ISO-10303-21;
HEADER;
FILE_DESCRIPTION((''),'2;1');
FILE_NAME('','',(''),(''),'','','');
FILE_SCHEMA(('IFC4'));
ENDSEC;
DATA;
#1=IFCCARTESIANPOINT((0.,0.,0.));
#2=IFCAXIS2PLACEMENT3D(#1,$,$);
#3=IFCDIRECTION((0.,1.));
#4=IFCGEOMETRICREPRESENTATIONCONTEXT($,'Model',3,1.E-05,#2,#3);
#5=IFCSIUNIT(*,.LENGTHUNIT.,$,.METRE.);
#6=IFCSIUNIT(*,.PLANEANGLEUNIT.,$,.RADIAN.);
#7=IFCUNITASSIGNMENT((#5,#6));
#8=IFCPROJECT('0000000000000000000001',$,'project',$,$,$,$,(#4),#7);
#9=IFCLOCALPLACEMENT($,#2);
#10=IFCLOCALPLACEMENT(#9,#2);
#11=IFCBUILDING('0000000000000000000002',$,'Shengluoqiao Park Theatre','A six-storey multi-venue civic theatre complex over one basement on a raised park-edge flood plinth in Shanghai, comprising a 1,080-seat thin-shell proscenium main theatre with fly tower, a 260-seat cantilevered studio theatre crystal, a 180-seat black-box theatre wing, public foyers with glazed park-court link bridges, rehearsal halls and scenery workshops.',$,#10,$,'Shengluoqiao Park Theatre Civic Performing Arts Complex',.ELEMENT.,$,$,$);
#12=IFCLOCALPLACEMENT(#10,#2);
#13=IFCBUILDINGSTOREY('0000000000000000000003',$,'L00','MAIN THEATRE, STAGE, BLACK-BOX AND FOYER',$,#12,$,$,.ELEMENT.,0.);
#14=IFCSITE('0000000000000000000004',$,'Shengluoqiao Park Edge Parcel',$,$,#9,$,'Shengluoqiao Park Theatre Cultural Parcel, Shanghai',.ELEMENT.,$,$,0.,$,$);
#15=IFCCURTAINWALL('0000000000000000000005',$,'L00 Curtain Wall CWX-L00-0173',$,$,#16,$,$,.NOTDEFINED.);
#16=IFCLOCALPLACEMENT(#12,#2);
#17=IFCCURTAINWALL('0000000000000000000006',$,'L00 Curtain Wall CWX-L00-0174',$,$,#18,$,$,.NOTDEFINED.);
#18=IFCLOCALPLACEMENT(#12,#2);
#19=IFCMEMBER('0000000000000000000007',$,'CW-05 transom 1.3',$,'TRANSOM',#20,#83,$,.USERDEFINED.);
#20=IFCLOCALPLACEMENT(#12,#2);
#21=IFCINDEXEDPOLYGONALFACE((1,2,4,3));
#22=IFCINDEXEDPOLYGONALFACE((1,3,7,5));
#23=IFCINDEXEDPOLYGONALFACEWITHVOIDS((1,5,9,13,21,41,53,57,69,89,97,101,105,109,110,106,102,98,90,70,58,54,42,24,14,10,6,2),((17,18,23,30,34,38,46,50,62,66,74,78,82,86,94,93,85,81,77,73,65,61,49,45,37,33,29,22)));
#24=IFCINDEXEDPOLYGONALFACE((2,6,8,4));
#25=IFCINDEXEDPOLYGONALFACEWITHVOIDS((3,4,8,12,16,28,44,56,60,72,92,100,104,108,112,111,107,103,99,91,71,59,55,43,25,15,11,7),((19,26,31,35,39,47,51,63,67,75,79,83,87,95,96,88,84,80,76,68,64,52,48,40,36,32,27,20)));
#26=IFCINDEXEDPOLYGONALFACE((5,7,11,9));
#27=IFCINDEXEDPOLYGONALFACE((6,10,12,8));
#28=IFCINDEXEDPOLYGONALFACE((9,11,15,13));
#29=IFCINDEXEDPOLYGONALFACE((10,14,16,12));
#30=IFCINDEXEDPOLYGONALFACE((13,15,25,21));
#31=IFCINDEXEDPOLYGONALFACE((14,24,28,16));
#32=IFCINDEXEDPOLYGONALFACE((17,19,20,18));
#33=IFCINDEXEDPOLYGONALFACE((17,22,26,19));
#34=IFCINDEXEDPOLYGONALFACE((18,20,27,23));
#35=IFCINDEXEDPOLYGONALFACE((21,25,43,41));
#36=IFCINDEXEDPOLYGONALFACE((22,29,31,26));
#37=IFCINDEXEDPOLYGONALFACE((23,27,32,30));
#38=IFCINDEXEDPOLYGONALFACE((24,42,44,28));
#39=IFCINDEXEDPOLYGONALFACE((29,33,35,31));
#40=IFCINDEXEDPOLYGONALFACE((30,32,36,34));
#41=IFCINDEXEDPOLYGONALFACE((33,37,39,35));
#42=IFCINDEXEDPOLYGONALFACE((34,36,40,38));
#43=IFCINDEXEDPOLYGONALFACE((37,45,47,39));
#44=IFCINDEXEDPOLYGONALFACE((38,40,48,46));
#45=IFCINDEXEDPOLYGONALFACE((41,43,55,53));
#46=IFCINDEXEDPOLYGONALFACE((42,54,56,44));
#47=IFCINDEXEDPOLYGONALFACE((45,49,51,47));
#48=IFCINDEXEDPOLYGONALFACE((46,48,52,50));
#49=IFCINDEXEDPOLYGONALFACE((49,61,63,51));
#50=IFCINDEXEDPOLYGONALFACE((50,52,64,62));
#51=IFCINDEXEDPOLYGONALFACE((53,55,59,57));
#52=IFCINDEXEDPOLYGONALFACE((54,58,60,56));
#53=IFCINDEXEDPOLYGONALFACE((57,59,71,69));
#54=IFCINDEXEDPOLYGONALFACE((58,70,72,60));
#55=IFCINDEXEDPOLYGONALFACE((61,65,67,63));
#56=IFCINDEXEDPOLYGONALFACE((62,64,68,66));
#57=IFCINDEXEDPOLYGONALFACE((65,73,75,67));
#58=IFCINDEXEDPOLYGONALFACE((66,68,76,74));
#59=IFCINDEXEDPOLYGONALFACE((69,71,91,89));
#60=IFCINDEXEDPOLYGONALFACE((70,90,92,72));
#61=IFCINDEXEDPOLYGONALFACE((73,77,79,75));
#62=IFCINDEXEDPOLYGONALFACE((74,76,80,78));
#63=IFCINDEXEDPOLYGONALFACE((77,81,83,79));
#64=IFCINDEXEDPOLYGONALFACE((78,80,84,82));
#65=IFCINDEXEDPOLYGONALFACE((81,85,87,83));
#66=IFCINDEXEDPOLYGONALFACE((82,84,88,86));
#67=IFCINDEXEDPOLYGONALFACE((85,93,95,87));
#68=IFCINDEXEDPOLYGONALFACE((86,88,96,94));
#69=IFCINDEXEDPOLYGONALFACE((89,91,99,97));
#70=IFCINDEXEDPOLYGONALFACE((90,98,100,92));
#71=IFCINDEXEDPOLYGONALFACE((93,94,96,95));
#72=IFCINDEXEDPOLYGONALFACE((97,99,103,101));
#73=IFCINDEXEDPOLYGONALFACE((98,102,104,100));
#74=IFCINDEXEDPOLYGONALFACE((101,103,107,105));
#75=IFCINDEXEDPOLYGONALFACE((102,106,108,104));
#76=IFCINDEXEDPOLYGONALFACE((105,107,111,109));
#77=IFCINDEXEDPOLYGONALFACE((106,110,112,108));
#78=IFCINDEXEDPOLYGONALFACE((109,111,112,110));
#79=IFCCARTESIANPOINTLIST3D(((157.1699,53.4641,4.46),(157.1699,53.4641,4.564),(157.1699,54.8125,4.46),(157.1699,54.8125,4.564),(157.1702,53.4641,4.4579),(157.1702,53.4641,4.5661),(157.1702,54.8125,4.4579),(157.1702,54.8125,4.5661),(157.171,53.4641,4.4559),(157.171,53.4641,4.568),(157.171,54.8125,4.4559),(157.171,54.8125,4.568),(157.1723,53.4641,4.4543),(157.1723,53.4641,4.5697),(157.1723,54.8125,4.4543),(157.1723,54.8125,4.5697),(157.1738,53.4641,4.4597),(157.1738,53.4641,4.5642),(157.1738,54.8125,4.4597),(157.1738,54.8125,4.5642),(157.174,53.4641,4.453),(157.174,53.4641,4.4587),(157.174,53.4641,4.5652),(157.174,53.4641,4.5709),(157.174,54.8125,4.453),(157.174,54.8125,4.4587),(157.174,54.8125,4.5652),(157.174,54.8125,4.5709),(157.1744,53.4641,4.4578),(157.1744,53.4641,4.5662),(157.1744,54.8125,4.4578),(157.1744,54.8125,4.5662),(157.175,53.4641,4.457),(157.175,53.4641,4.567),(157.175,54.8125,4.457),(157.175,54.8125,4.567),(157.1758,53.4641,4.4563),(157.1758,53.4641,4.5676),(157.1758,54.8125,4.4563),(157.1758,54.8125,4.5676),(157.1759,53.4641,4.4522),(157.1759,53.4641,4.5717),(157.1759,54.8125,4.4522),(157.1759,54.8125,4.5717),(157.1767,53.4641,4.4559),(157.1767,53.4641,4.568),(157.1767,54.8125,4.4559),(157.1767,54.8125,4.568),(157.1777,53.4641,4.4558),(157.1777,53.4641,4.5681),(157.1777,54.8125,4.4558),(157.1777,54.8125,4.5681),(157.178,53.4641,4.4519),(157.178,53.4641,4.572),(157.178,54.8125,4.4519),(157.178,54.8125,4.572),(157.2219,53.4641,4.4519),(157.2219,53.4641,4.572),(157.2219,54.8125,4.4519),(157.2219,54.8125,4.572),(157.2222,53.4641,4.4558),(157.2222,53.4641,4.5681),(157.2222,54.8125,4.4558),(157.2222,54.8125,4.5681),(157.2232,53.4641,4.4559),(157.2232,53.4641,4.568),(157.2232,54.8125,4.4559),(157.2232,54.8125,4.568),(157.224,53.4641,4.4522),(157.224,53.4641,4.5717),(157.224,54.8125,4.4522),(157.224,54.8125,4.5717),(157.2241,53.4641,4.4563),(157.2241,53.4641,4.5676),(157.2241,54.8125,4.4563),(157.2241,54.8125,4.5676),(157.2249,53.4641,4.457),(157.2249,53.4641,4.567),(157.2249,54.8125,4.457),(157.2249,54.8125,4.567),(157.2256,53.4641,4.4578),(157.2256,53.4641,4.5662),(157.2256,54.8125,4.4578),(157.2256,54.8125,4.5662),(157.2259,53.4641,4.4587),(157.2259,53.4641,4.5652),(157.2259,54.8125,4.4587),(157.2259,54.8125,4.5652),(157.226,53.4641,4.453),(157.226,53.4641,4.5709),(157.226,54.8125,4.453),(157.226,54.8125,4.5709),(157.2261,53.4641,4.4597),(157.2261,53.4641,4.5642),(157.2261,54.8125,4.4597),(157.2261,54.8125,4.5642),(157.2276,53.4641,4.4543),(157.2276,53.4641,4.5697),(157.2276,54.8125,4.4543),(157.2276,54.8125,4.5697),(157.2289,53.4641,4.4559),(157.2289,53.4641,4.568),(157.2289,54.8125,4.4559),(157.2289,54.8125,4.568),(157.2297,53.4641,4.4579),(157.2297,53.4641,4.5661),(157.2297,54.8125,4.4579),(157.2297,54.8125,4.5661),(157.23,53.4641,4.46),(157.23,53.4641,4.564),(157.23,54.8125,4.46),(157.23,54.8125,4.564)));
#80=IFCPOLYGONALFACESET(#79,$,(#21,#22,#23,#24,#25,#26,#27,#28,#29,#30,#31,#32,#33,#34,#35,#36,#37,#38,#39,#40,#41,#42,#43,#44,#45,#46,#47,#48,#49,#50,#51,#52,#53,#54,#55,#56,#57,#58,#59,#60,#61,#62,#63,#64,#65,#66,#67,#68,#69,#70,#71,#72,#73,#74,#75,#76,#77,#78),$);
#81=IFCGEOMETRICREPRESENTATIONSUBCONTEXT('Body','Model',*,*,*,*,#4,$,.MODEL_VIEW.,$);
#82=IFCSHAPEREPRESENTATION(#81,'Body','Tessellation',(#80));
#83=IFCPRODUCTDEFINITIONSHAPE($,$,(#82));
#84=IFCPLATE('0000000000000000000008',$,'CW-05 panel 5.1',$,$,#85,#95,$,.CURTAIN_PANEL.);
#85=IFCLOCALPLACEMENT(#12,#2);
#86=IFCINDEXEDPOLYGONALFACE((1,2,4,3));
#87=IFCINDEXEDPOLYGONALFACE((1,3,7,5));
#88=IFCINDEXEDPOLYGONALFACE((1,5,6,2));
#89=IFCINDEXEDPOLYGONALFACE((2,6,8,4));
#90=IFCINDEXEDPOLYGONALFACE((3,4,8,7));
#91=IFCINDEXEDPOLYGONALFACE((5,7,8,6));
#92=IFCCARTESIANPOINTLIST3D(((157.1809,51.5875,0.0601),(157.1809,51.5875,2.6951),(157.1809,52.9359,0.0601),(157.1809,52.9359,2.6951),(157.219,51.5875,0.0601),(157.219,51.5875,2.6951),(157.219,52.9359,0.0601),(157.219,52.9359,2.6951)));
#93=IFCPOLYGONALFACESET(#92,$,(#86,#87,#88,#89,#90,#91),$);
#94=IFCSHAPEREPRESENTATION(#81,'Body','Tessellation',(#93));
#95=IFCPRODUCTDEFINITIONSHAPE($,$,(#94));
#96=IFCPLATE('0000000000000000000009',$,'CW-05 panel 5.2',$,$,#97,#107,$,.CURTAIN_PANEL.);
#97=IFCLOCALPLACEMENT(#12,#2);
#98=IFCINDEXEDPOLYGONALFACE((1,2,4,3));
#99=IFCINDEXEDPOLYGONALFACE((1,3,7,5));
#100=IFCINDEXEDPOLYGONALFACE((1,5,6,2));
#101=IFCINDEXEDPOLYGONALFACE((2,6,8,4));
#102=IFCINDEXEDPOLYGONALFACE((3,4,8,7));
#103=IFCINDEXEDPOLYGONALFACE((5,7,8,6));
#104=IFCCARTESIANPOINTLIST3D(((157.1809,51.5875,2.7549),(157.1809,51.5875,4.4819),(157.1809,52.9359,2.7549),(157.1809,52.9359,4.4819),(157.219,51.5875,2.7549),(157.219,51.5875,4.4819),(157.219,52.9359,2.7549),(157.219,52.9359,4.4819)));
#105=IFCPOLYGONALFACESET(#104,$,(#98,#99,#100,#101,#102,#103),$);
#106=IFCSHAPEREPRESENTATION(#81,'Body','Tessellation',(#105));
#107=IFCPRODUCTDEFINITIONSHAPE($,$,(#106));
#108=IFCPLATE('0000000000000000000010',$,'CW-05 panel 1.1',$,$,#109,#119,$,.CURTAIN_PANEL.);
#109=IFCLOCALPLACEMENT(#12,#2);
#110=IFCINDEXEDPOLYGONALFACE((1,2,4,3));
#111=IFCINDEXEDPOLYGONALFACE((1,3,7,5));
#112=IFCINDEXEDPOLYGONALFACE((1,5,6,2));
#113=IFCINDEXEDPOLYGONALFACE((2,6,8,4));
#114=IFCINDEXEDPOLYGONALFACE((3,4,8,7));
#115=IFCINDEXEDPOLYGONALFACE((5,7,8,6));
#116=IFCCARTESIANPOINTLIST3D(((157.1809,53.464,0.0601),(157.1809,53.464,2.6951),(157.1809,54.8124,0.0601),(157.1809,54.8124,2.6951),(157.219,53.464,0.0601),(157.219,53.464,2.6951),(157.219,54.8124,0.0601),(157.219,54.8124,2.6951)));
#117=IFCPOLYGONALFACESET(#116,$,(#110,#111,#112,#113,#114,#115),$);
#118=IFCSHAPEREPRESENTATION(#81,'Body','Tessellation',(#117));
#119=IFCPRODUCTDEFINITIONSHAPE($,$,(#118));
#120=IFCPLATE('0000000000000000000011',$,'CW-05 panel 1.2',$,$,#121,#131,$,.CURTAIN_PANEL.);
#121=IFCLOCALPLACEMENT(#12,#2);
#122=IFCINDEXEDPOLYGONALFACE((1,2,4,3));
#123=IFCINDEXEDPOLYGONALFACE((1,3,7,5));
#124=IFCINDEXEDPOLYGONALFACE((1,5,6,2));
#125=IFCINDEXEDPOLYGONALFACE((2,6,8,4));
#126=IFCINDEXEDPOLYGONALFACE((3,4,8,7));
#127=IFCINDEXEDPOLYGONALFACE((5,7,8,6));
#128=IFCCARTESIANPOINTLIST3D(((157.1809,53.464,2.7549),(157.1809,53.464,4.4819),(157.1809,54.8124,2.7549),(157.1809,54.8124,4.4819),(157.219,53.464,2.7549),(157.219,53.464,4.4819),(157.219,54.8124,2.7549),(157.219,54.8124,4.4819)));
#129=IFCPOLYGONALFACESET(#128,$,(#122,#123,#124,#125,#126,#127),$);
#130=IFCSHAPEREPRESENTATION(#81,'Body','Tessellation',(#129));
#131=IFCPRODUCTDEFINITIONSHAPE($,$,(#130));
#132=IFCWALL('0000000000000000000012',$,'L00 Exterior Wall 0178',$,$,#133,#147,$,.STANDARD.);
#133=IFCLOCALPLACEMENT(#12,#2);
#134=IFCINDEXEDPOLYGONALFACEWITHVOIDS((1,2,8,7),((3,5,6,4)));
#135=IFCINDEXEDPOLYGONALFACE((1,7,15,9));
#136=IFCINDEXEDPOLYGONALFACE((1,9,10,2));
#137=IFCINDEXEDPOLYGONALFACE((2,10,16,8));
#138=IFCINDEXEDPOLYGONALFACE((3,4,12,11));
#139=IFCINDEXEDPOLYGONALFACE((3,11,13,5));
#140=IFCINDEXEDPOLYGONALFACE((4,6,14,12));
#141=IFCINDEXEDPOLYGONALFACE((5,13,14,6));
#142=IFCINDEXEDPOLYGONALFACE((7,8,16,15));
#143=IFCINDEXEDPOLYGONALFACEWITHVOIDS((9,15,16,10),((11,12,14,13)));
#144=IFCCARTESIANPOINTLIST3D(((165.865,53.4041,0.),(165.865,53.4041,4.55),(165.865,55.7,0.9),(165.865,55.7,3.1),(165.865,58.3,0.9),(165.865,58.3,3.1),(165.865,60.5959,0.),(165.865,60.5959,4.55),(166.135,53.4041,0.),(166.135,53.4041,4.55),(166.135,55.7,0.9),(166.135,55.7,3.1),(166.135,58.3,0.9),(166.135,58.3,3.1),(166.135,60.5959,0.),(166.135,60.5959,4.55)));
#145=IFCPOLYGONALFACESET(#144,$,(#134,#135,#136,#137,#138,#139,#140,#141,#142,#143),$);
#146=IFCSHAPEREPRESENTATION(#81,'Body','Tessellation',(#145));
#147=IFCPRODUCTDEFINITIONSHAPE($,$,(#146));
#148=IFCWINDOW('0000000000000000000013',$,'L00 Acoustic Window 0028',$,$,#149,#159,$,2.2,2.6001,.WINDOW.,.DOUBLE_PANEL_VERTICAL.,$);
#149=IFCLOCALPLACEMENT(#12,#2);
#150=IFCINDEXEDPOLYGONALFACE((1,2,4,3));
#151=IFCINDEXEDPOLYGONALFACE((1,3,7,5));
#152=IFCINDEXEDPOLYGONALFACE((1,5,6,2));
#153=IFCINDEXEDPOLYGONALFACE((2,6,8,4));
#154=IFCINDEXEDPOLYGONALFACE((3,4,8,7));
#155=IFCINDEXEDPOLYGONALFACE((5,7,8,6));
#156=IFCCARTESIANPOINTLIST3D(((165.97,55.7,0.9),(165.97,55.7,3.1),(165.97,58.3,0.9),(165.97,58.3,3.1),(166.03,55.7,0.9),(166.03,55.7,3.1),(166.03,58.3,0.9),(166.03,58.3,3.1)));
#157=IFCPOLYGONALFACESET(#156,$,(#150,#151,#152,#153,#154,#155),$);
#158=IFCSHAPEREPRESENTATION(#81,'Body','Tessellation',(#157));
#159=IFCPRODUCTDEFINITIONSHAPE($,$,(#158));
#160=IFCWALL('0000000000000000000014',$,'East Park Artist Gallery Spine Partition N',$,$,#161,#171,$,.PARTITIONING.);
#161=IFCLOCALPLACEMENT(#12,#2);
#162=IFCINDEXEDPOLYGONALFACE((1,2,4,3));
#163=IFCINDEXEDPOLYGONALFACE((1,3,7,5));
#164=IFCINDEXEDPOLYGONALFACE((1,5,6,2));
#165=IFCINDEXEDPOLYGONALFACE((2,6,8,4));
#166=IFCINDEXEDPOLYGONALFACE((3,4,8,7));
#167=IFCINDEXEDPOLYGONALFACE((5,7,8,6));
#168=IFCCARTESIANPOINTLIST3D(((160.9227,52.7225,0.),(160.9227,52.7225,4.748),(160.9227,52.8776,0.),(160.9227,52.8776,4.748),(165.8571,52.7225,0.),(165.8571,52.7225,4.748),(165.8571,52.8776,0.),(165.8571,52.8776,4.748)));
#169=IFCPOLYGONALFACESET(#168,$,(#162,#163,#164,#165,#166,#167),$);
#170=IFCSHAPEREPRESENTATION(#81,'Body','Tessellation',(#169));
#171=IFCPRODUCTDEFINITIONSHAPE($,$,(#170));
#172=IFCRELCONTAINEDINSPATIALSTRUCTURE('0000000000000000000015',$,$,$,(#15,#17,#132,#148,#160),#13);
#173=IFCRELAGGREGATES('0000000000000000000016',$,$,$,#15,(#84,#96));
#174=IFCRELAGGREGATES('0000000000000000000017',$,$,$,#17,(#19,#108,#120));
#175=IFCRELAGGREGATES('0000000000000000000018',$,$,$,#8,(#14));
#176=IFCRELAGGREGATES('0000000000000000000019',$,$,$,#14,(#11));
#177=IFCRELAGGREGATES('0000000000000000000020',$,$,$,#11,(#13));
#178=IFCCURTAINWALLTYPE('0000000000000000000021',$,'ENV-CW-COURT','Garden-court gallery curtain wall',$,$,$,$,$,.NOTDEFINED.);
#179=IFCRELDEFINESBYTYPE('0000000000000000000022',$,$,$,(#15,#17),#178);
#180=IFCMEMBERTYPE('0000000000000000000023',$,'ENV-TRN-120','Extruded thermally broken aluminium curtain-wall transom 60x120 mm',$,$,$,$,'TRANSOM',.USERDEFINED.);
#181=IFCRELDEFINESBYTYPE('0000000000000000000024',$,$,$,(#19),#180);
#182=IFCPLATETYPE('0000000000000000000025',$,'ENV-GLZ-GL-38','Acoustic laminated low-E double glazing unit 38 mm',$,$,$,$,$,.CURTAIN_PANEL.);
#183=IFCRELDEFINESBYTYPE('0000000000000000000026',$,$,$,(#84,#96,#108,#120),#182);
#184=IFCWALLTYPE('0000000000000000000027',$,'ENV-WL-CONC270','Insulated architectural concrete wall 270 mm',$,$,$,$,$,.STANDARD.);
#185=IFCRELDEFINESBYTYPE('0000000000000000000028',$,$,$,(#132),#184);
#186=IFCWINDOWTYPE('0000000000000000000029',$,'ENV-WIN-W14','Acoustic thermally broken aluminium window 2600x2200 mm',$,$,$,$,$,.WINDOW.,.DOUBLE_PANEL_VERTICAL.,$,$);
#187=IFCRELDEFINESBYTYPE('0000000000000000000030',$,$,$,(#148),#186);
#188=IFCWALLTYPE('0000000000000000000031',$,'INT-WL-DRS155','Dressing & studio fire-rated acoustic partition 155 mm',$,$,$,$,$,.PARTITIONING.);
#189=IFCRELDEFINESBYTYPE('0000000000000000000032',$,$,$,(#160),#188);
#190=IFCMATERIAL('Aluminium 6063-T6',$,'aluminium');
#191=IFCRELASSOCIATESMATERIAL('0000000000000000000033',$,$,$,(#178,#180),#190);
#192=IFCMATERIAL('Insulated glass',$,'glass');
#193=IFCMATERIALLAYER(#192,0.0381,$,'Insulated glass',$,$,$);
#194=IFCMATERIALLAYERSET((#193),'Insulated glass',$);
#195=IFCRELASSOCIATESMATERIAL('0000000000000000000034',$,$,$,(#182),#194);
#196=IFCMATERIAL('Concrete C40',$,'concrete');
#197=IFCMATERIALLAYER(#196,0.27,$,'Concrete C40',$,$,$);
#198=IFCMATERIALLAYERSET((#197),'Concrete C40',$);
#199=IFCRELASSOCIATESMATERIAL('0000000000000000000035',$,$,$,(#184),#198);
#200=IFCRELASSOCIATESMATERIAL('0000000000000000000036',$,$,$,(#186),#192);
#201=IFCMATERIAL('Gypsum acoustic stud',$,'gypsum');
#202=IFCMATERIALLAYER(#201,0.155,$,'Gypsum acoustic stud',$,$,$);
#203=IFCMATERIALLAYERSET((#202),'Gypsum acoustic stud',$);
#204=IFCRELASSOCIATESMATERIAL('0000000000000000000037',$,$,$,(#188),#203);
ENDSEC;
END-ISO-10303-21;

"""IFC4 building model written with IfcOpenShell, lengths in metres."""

from ifc_helpers import new_model, si_unit, direction, frame, frame_2d, origin, origin_2d, place, context, subcontext, project, spatial, rectangle, hollow_rectangle, extrude, material, layer, layer_set, material_profile, profile_set, type_object, element, fill, aggregate, save


model = new_model("IFC4")

# Units and contexts
model_context = context("Model", 3, precision=1e-05, world=origin(), true_north=direction((0.0, 1.0)))
body_context = subcontext(model_context, "Body", "Model", "MODEL_VIEW")
ifc_project = project(units=[si_unit("LENGTHUNIT", "METRE"), si_unit("PLANEANGLEUNIT", "RADIAN")], contexts=[model_context])

# Site, building, storey
site_placement = place(None, origin())
site = spatial("IfcSite", under=ifc_project, at=site_placement, Name="Shengluoqiao Park Edge Parcel", LongName="Shengluoqiao Park Theatre Cultural Parcel, Shanghai", CompositionType="ELEMENT", RefElevation=0.0)
building_placement = place(site_placement, origin())
building = spatial("IfcBuilding", under=site, at=building_placement, Name="Shengluoqiao Park Theatre", Description="A six-storey multi-venue civic theatre complex over one basement on a raised park-edge flood plinth in Shanghai, comprising a 1,080-seat thin-shell proscenium main theatre with fly tower, a 260-seat cantilevered studio theatre crystal, a 180-seat black-box theatre wing, public foyers with glazed park-court link bridges, rehearsal halls and scenery workshops.", LongName="Shengluoqiao Park Theatre Civic Performing Arts Complex", CompositionType="ELEMENT")
storey_placement = place(building_placement, origin())
storey = spatial("IfcBuildingStorey", under=building, at=storey_placement, Name="L00", Description="MAIN THEATRE, STAGE, BLACK-BOX AND FOYER", CompositionType="ELEMENT", Elevation=0.0)

# Shared definitions
ifc_material_1 = material(Name="Concrete C40", Category="concrete")

# Curtain wall
ifc_material_2 = material(Name="Aluminium 6063-T6", Category="aluminium")
curtain_wall_type = type_object("IfcCurtainWallType", Name="ENV-CW-COURT", Description="Garden-court gallery curtain wall", PredefinedType="NOTDEFINED", material=ifc_material_2)
curtain_wall_1_placement = place(storey_placement, origin())
curtain_wall_1 = element("IfcCurtainWall", 1, at=curtain_wall_1_placement, inside=storey, type_object=curtain_wall_type, Name="L00 Curtain Wall CWX-L00-0173", PredefinedType="NOTDEFINED")

# Curtain wall, member
curtain_wall_2_placement = place(storey_placement, origin())
curtain_wall_2 = element("IfcCurtainWall", 2, at=curtain_wall_2_placement, inside=storey, type_object=curtain_wall_type, Name="L00 Curtain Wall CWX-L00-0174", PredefinedType="NOTDEFINED")
ifc_material_profile_1 = material_profile(ifc_material_2, hollow_rectangle(XDim=0.0601, YDim=0.1201, WallThickness=0.0039, InnerFilletRadius=0.0039, OuterFilletRadius=0.0081, at=origin_2d()), Name="ALU TRANSOM 120x60x4")
ifc_profile_set_1 = profile_set([ifc_material_profile_1], Name="Aluminium 6063-T6")
member_type_1 = type_object("IfcMemberType", Name="ENV-TRN-120", Description="Extruded thermally broken aluminium curtain-wall transom 60x120 mm", ElementType="TRANSOM", PredefinedType="USERDEFINED", material=ifc_profile_set_1)
member_1_placement = place(storey_placement, frame((157.2, 53.4641, 4.512), z_axis=(0.0, 1.0, 0.0), x_axis=(-1.0, 0.0, 0.0)))
member_1 = element("IfcMember", 3, at=member_1_placement, type_object=member_type_1, Name="CW-05 transom 1.3", ObjectType="TRANSOM", PredefinedType="USERDEFINED", context=body_context, shape_type="SweptSolid", body=[
    extrude(hollow_rectangle(XDim=0.0601, YDim=0.1201, WallThickness=0.0039, InnerFilletRadius=0.0039, OuterFilletRadius=0.0081, at=origin_2d()), origin(), (0.0, 0.0, 1.0), 1.3484),
])

# Plates
ifc_material_3 = material(Name="Insulated glass", Category="glass")
ifc_layer_1 = layer(ifc_material_3, 0.0381, Name="Insulated glass")
ifc_layer_set_1 = layer_set([ifc_layer_1], Name="Insulated glass")
plate_type = type_object("IfcPlateType", Name="ENV-GLZ-GL-38", Description="Acoustic laminated low-E double glazing unit 38 mm", PredefinedType="CURTAIN_PANEL", material=ifc_layer_set_1)
plate_1_placement = place(storey_placement, frame((157.2, 52.2617, 0.0601), z_axis=(0.0, 0.0, 1.0), x_axis=(0.0, 1.0, 0.0)))
plate_1 = element("IfcPlate", 4, at=plate_1_placement, type_object=plate_type, Name="CW-05 panel 5.1", PredefinedType="CURTAIN_PANEL", context=body_context, shape_type="SweptSolid", body=[
    extrude(rectangle(XDim=1.3484, YDim=0.0381, at=origin_2d()), origin(), (0.0, 0.0, 1.0), 2.635),
])
plate_2_placement = place(storey_placement, frame((157.2, 52.2617, 2.7549), z_axis=(0.0, 0.0, 1.0), x_axis=(0.0, 1.0, 0.0)))
plate_2 = element("IfcPlate", 5, at=plate_2_placement, type_object=plate_type, Name="CW-05 panel 5.2", PredefinedType="CURTAIN_PANEL", context=body_context, shape_type="SweptSolid", body=[
    extrude(rectangle(XDim=1.3484, YDim=0.0381, at=origin_2d()), origin(), (0.0, 0.0, 1.0), 1.7271),
])
aggregate(curtain_wall_1, [plate_1, plate_2])
plate_3_placement = place(storey_placement, frame((157.2, 54.1382, 0.0601), z_axis=(0.0, 0.0, 1.0), x_axis=(0.0, 1.0, 0.0)))
plate_3 = element("IfcPlate", 6, at=plate_3_placement, type_object=plate_type, Name="CW-05 panel 1.1", PredefinedType="CURTAIN_PANEL", context=body_context, shape_type="SweptSolid", body=[
    extrude(rectangle(XDim=1.3484, YDim=0.0381, at=origin_2d()), origin(), (0.0, 0.0, 1.0), 2.635),
])
plate_4_placement = place(storey_placement, frame((157.2, 54.1382, 2.7549), z_axis=(0.0, 0.0, 1.0), x_axis=(0.0, 1.0, 0.0)))
plate_4 = element("IfcPlate", 7, at=plate_4_placement, type_object=plate_type, Name="CW-05 panel 1.2", PredefinedType="CURTAIN_PANEL", context=body_context, shape_type="SweptSolid", body=[
    extrude(rectangle(XDim=1.3484, YDim=0.0381, at=origin_2d()), origin(), (0.0, 0.0, 1.0), 1.7271),
])
aggregate(curtain_wall_2, [member_1, plate_3, plate_4])

# Wall, opening, window
ifc_layer_2 = layer(ifc_material_1, 0.27, Name="Concrete C40")
ifc_layer_set_2 = layer_set([ifc_layer_2], Name="Concrete C40")
wall_type_1 = type_object("IfcWallType", Name="ENV-WL-CONC270", Description="Insulated architectural concrete wall 270 mm", PredefinedType="STANDARD", material=ifc_layer_set_2)
wall_1_placement = place(storey_placement, frame((166.0, 53.4041, 0.0), z_axis=(0.0, 0.0, 1.0), x_axis=(0.0, 1.0, 0.0)))
wall_1 = element("IfcWall", 8, at=wall_1_placement, inside=storey, type_object=wall_type_1, Name="L00 Exterior Wall 0178", PredefinedType="STANDARD", context=body_context, shape_type="SweptSolid", body=[
    extrude(rectangle(XDim=7.1919, YDim=0.27, at=frame_2d((3.5959, 0.0))), origin(), (0.0, 0.0, 1.0), 4.55),
])
opening_1_placement = place(wall_1_placement, frame((2.2959, 0.0, 0.8999)))
opening_1 = element("IfcOpeningElement", 9, at=opening_1_placement, cuts=wall_1, PredefinedType="OPENING", context=body_context, shape_type="SweptSolid", body=[
    extrude(rectangle(XDim=2.6001, YDim=2.2, at=frame_2d((1.3, 1.1001))), frame((0.0, 0.145, 0.0), z_axis=(0.0, -1.0, 0.0), x_axis=(1.0, 0.0, 0.0)), (0.0, 0.0, 1.0), 0.29),
])
window_type = type_object("IfcWindowType", Name="ENV-WIN-W14", Description="Acoustic thermally broken aluminium window 2600x2200 mm", PartitioningType="DOUBLE_PANEL_VERTICAL", PredefinedType="WINDOW", material=ifc_material_3)
window_placement = place(opening_1_placement, origin())
window = element("IfcWindow", 10, at=window_placement, inside=storey, type_object=window_type, Name="L00 Acoustic Window 0028", OverallHeight=2.2, OverallWidth=2.6001, PartitioningType="DOUBLE_PANEL_VERTICAL", PredefinedType="WINDOW", context=body_context, shape_type="SweptSolid", body=[
    extrude(rectangle(XDim=2.6001, YDim=2.2, at=frame_2d((1.3, 1.1001))), frame((0.0, 0.03, 0.0), z_axis=(0.0, -1.0, 0.0), x_axis=(1.0, 0.0, 0.0)), (0.0, 0.0, 1.0), 0.0601),
])
fill(opening_1, window)

# Wall
ifc_material_4 = material(Name="Gypsum acoustic stud", Category="gypsum")
ifc_layer_3 = layer(ifc_material_4, 0.155, Name="Gypsum acoustic stud")
ifc_layer_set_3 = layer_set([ifc_layer_3], Name="Gypsum acoustic stud")
wall_type_2 = type_object("IfcWallType", Name="INT-WL-DRS155", Description="Dressing & studio fire-rated acoustic partition 155 mm", PredefinedType="PARTITIONING", material=ifc_layer_set_3)
wall_2_placement = place(storey_placement, frame((160.9226, 52.8, 0.0), z_axis=(0.0, 0.0, 1.0), x_axis=(1.0, 0.0, 0.0)))
element("IfcWall", 11, at=wall_2_placement, inside=storey, type_object=wall_type_2, Name="East Park Artist Gallery Spine Partition N", PredefinedType="PARTITIONING", context=body_context, shape_type="SweptSolid", body=[
    extrude(rectangle(XDim=4.9343, YDim=0.155, at=frame_2d((2.4673, 0.0))), origin(), (0.0, 0.0, 1.0), 4.748),
])

save(model, "model.ifc")
